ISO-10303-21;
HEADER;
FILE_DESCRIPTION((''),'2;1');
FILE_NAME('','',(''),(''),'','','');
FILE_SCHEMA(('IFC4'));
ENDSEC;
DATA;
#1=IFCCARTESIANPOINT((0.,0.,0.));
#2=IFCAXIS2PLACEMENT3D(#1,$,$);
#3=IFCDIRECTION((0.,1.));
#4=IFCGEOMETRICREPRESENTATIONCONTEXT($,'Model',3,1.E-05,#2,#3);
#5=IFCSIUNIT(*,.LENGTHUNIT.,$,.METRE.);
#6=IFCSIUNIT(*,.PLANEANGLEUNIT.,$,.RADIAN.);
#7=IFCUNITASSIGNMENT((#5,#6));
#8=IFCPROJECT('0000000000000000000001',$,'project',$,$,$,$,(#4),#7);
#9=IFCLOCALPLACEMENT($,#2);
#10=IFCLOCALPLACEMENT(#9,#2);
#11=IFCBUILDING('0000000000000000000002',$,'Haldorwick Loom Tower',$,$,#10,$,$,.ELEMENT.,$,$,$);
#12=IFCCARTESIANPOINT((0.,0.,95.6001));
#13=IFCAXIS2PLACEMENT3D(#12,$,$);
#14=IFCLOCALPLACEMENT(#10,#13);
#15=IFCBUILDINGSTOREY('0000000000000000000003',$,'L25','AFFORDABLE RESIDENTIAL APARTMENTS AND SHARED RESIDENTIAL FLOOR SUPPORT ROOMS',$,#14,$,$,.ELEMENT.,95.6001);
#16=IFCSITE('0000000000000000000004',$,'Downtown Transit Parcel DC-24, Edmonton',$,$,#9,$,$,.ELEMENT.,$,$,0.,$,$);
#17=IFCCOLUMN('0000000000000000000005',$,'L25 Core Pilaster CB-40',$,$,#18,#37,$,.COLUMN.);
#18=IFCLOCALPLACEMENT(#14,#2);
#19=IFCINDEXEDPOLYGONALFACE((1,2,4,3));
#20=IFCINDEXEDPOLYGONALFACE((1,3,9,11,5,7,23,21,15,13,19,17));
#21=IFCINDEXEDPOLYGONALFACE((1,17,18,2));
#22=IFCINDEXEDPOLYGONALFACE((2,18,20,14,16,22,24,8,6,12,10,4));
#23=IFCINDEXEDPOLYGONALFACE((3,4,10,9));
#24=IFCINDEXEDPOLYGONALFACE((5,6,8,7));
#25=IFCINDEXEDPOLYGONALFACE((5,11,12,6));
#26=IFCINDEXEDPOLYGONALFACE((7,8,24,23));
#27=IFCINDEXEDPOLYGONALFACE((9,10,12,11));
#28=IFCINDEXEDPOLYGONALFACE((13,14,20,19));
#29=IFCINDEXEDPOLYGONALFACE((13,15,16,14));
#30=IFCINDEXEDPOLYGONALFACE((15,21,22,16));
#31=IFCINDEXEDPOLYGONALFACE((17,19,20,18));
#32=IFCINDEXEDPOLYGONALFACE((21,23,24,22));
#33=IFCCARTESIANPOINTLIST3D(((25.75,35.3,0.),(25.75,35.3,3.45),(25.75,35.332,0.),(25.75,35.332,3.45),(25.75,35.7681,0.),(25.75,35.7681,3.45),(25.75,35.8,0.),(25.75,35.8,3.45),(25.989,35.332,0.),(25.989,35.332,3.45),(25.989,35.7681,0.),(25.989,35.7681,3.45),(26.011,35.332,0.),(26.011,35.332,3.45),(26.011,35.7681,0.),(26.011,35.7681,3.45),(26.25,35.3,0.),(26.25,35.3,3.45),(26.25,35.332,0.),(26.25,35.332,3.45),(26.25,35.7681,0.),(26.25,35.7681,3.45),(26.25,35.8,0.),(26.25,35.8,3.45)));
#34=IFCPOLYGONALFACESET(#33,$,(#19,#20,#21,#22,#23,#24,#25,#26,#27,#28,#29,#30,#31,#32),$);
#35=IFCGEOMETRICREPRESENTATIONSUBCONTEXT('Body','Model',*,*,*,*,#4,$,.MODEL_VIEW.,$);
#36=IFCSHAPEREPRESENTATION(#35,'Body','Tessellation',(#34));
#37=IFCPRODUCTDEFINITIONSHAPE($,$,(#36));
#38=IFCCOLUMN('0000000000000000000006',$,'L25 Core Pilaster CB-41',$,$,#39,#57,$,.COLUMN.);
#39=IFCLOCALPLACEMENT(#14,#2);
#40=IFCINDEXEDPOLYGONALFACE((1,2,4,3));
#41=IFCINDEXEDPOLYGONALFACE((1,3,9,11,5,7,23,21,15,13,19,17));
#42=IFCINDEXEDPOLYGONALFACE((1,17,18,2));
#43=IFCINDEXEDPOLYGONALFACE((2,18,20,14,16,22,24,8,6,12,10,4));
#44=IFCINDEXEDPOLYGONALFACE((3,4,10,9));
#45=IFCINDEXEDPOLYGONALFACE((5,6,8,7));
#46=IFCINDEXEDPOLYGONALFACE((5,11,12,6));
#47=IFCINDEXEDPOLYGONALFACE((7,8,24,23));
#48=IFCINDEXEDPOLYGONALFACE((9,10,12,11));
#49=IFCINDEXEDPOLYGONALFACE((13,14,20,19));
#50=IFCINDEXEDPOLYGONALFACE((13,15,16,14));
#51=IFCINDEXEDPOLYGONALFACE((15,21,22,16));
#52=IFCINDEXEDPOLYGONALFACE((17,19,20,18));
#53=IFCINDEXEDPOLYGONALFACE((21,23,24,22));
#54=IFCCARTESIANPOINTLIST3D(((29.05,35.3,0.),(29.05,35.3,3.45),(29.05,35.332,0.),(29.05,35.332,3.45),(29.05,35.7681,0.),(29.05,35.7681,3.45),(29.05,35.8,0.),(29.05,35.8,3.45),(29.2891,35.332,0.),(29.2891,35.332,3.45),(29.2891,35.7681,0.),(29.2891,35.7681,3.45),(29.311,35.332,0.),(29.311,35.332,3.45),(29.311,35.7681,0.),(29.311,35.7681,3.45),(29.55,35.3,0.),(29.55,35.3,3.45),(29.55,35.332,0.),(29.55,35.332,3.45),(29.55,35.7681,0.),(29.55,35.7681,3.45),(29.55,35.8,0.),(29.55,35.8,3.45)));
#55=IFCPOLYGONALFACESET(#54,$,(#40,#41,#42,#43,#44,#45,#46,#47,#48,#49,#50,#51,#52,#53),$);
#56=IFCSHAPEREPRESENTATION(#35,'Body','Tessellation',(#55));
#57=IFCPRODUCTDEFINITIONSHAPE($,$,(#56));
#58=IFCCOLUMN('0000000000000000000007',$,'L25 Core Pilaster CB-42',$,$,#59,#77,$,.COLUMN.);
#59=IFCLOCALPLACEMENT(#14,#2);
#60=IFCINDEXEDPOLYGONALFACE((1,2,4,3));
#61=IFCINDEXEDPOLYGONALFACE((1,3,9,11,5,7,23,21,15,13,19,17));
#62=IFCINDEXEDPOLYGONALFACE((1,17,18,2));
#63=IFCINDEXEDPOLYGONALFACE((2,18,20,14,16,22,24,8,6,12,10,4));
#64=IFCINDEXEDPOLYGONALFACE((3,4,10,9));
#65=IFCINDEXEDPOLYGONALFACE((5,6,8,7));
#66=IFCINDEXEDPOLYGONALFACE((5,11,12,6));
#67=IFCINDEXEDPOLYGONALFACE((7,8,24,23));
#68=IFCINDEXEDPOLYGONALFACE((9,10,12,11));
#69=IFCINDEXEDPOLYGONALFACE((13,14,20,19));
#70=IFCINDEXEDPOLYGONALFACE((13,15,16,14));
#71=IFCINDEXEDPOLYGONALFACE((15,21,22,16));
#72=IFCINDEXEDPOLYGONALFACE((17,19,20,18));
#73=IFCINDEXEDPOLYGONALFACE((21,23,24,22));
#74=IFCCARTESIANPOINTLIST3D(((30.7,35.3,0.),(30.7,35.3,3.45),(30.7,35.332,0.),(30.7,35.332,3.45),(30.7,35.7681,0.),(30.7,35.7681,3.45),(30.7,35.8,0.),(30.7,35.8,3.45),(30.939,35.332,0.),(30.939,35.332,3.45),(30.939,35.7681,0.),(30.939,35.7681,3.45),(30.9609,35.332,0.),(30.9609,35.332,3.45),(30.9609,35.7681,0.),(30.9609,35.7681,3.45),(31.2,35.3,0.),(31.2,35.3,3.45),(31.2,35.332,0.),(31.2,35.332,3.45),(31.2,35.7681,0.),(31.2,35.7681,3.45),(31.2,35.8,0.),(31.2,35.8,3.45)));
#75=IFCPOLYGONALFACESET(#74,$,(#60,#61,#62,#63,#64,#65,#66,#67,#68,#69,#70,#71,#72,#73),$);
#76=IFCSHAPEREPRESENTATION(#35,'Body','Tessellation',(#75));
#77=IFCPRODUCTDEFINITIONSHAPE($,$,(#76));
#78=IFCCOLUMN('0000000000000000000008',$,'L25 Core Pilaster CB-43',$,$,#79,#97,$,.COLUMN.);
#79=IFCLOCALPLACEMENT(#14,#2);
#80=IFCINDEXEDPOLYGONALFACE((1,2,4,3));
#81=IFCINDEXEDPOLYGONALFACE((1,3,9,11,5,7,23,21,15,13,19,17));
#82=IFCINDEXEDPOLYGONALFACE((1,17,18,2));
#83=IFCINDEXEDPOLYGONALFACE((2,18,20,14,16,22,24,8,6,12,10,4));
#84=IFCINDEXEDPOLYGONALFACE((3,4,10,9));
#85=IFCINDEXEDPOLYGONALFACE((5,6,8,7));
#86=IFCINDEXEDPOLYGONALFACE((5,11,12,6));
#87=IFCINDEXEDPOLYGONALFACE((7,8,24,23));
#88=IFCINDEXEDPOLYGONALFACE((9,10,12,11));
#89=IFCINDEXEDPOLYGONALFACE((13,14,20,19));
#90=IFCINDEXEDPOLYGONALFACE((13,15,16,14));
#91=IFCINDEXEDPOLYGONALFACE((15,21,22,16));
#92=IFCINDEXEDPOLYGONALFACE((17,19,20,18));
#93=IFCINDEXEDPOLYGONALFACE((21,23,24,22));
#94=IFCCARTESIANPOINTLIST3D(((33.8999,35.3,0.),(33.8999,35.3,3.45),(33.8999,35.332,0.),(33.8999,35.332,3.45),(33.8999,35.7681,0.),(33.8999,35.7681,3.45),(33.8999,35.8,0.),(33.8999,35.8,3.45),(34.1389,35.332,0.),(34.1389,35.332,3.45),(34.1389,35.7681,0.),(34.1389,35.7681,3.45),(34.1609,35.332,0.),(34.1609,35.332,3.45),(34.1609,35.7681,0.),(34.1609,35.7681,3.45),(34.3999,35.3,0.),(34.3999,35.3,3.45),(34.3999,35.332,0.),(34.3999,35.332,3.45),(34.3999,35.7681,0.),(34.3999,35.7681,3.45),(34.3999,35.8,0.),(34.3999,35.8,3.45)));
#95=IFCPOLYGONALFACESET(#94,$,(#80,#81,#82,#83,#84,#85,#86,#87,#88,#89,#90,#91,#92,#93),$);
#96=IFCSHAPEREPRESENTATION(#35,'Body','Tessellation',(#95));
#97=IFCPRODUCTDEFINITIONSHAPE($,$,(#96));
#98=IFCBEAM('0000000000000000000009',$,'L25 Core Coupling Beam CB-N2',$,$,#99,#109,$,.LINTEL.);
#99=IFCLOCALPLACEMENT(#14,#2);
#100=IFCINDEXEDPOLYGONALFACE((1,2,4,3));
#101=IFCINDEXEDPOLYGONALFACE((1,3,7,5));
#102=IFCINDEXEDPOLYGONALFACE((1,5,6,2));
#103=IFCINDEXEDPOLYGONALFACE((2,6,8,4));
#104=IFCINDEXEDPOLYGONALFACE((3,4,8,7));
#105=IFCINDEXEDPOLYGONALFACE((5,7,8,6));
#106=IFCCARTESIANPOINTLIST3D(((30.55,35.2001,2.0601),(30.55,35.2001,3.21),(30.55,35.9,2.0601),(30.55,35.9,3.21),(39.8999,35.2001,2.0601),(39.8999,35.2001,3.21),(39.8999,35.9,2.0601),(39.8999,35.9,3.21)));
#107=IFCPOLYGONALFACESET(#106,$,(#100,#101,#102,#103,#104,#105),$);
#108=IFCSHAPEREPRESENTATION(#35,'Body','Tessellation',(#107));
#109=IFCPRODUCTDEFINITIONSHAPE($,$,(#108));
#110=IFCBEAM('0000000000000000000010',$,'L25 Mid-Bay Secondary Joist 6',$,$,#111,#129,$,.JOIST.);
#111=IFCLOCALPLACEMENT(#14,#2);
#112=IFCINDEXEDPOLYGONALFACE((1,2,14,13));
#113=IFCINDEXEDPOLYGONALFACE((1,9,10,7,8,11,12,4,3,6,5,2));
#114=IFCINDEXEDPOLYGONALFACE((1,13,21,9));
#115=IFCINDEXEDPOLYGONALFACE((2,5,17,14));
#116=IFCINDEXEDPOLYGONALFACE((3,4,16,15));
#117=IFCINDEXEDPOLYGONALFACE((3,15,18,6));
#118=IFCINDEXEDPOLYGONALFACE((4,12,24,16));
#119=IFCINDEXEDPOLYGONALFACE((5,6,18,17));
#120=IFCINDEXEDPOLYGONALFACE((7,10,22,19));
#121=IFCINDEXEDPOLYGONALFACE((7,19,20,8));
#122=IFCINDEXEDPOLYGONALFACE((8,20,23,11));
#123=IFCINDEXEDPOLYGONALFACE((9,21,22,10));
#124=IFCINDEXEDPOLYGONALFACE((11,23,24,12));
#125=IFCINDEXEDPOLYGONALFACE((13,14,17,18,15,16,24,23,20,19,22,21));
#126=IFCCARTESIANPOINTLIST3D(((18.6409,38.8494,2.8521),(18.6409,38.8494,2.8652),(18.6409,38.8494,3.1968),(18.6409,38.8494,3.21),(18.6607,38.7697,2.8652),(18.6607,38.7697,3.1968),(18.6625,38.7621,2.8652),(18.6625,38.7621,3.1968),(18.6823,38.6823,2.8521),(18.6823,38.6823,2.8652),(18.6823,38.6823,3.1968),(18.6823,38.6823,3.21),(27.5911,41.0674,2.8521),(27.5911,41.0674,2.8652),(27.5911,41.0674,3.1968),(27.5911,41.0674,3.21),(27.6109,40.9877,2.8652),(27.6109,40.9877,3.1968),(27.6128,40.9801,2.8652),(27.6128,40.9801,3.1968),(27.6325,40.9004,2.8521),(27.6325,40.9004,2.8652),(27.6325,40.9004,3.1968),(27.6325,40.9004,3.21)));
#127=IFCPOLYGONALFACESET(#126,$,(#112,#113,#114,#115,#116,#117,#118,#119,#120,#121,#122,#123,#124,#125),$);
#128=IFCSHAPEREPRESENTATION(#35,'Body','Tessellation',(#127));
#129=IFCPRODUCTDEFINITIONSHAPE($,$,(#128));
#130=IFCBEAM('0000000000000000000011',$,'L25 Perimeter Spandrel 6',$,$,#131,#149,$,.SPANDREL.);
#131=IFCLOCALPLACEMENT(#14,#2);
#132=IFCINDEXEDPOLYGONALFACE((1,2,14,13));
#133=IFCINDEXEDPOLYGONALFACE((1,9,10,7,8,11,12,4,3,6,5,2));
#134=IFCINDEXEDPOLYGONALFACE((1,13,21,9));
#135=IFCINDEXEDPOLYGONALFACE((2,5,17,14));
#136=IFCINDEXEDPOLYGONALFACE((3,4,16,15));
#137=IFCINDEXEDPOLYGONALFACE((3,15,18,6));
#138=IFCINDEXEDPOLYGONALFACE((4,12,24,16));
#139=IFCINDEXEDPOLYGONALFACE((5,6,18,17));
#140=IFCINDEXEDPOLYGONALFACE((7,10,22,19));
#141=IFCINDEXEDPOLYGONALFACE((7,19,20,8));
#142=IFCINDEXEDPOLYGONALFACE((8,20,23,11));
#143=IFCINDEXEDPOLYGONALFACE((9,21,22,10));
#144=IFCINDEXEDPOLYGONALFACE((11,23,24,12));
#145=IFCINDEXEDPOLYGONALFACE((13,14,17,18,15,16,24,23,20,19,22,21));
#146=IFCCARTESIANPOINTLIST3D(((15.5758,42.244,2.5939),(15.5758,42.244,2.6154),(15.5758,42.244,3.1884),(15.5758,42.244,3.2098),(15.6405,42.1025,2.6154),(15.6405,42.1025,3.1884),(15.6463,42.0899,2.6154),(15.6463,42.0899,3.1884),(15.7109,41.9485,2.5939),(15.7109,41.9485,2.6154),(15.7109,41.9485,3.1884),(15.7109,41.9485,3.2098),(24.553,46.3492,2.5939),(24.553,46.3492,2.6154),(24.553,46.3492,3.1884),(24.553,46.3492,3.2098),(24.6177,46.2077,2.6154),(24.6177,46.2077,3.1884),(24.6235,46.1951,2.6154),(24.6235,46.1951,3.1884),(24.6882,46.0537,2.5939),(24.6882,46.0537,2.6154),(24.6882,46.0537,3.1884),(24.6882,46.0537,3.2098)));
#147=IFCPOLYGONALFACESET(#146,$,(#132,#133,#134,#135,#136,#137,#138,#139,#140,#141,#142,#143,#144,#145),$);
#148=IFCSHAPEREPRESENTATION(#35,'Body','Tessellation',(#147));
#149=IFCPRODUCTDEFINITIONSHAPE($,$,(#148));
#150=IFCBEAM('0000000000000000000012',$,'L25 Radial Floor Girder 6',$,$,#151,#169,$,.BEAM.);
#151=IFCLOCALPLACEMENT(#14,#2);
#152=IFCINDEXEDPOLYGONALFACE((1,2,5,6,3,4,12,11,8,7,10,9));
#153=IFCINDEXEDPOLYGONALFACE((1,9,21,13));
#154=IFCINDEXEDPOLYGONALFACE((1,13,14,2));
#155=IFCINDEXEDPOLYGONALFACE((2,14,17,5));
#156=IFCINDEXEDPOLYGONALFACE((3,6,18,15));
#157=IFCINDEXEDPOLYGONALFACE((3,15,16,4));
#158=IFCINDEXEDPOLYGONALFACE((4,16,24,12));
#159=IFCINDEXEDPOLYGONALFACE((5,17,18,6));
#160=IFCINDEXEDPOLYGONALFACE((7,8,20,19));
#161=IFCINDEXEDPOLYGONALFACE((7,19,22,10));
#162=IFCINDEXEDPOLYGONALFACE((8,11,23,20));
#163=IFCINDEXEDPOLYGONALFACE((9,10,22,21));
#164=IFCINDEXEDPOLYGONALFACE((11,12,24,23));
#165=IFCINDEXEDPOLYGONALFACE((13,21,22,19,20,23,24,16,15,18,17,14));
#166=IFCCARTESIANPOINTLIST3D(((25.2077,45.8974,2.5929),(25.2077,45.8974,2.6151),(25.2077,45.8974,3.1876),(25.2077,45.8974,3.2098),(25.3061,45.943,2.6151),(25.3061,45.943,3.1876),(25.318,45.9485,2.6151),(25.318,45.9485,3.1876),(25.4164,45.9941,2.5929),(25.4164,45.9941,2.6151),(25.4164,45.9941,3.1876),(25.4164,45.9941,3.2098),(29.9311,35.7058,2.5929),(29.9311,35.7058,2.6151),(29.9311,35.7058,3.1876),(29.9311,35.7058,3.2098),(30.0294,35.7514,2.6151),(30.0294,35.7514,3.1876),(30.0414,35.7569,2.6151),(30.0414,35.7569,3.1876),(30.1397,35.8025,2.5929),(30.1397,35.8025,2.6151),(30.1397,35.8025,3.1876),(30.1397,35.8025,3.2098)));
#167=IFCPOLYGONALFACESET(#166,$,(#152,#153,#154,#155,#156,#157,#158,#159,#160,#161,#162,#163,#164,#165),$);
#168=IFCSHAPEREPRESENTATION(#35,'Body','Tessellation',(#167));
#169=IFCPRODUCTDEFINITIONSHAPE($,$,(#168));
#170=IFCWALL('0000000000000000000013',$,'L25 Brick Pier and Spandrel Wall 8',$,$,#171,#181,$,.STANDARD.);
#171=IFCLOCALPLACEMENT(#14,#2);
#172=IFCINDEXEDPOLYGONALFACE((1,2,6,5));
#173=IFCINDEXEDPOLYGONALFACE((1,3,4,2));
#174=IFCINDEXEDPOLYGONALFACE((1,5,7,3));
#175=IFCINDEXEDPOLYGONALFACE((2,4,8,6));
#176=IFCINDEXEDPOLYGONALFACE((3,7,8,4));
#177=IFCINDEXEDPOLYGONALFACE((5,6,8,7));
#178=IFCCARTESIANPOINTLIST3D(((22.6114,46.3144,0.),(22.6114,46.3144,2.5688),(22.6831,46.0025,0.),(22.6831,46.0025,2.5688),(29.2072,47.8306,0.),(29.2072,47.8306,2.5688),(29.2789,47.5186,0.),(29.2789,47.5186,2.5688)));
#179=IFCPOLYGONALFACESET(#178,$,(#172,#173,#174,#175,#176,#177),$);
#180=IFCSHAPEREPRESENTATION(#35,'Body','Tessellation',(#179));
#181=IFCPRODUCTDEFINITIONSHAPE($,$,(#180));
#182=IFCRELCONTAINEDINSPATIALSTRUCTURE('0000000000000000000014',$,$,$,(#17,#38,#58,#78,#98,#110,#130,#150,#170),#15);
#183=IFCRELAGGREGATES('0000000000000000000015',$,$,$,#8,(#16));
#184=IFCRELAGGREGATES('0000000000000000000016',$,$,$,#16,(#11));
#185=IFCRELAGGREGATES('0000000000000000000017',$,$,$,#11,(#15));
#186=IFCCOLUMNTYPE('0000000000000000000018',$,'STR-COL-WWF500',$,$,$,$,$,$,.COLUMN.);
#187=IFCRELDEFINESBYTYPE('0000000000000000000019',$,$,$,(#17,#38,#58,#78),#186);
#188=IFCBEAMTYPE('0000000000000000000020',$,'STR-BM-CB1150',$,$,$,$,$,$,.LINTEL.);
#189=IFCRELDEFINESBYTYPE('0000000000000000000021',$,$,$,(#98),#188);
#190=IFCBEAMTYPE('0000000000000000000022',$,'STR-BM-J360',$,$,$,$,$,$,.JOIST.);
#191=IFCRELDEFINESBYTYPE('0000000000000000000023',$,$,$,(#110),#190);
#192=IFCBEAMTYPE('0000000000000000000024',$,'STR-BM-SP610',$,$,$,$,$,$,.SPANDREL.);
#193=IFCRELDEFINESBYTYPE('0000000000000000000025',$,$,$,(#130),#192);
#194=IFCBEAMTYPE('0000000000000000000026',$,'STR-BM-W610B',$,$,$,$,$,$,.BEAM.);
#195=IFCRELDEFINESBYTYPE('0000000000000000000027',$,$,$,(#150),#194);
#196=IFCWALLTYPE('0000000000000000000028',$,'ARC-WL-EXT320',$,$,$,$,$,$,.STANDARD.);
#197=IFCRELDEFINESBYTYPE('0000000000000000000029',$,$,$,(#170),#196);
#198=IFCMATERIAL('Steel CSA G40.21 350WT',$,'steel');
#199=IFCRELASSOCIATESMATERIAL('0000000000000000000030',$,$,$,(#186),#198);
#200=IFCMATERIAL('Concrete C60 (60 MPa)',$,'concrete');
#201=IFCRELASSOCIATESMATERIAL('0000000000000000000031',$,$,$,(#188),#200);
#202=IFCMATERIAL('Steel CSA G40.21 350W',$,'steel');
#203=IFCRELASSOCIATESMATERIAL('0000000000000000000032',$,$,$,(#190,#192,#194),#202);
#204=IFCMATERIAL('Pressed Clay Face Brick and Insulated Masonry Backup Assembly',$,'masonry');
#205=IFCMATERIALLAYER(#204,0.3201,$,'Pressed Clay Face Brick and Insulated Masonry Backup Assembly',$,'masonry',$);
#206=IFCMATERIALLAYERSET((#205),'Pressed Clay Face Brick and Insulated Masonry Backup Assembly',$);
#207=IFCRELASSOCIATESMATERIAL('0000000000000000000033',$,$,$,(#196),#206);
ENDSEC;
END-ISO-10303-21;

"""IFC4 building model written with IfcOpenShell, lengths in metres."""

from ifc_helpers import new_model, si_unit, direction, frame, frame_2d, origin, origin_2d, place, context, subcontext, project, spatial, rectangle, i_section, extrude, material, layer, layer_set, material_profile, profile_set, type_object, element, save


model = new_model("IFC4")

# Units and contexts
model_context = context("Model", 3, precision=1e-05, world=origin(), true_north=direction((0.0, 1.0)))
body_context = subcontext(model_context, "Body", "Model", "MODEL_VIEW")
ifc_project = project(units=[si_unit("LENGTHUNIT", "METRE"), si_unit("PLANEANGLEUNIT", "RADIAN")], contexts=[model_context])

# Site, building, storey
site_placement = place(None, origin())
site = spatial("IfcSite", under=ifc_project, at=site_placement, Name="Downtown Transit Parcel DC-24, Edmonton", CompositionType="ELEMENT", RefElevation=0.0)
building_placement = place(site_placement, origin())
building = spatial("IfcBuilding", under=site, at=building_placement, Name="Haldorwick Loom Tower", CompositionType="ELEMENT")
storey_placement = place(building_placement, frame((0.0, 0.0, 95.6001)))
storey = spatial("IfcBuildingStorey", under=building, at=storey_placement, Name="L25", Description="AFFORDABLE RESIDENTIAL APARTMENTS AND SHARED RESIDENTIAL FLOOR SUPPORT ROOMS", CompositionType="ELEMENT", Elevation=95.6001)

# Columns
ifc_material_1 = material(Name="Concrete C60 (60 MPa)", Category="concrete")
ifc_material_2 = material(Name="Steel CSA G40.21 350WT", Category="steel")
ifc_material_profile_1 = material_profile(ifc_material_2, i_section(OverallWidth=0.5, OverallDepth=0.5, WebThickness=0.022, FlangeThickness=0.032, at=origin_2d()), Name="WWF500X500", Category="steel")
ifc_profile_set_1 = profile_set([ifc_material_profile_1], Name="Steel CSA G40.21 350WT")
column_type_1 = type_object("IfcColumnType", Name="STR-COL-WWF500", PredefinedType="COLUMN", material=ifc_profile_set_1)
for number, where, z_axis, x_axis, name in (
    (1, (26.0, 35.55, 0.0), (0.0, 0.0, 1.0), (1.0, 0.0, 0.0), "L25 Core Pilaster CB-40"),
    (2, (29.3, 35.55, 0.0), (0.0, 0.0, 1.0), (1.0, 0.0, 0.0), "L25 Core Pilaster CB-41"),
    (3, (30.95, 35.55, 0.0), (0.0, 0.0, 1.0), (1.0, 0.0, 0.0), "L25 Core Pilaster CB-42"),
    (4, (34.1499, 35.55, 0.0), (0.0, 0.0, 1.0), (1.0, 0.0, 0.0), "L25 Core Pilaster CB-43"),
):
    element("IfcColumn", number, at=place(storey_placement, frame(where, z_axis=z_axis, x_axis=x_axis)), inside=storey, type_object=column_type_1, Name=name, PredefinedType="COLUMN", context=body_context, shape_type="SweptSolid", body=[
        extrude(i_section(OverallWidth=0.5, OverallDepth=0.5, WebThickness=0.022, FlangeThickness=0.032, at=origin_2d()), origin(), (0.0, 0.0, 1.0), 3.45),
    ])

# Beams
ifc_material_profile_2 = material_profile(ifc_material_1, rectangle(XDim=0.7, YDim=1.1499, at=origin_2d()), Name="RC700X1150", Category="concrete")
ifc_profile_set_2 = profile_set([ifc_material_profile_2], Name="Concrete C60 (60 MPa)")
beam_type_1 = type_object("IfcBeamType", Name="STR-BM-CB1150", PredefinedType="LINTEL", material=ifc_profile_set_2)
beam_1_placement = place(storey_placement, frame((30.55, 35.55, 2.635), z_axis=(1.0, 0.0, 0.0), x_axis=(0.0, 1.0, 0.0)))
element("IfcBeam", 5, at=beam_1_placement, inside=storey, type_object=beam_type_1, Name="L25 Core Coupling Beam CB-N2", PredefinedType="LINTEL", context=body_context, shape_type="SweptSolid", body=[
    extrude(rectangle(XDim=0.7, YDim=1.1499, at=origin_2d()), origin(), (0.0, 0.0, 1.0), 9.3499),
])
ifc_material_3 = material(Name="Steel CSA G40.21 350W", Category="steel")
ifc_material_profile_3 = material_profile(ifc_material_3, i_section(OverallWidth=0.1721, OverallDepth=0.3579, WebThickness=0.0078, FlangeThickness=0.0132, at=origin_2d()), Name="W360X57", Category="steel")
ifc_profile_set_3 = profile_set([ifc_material_profile_3], Name="Steel CSA G40.21 350W")
beam_type_2 = type_object("IfcBeamType", Name="STR-BM-J360", PredefinedType="JOIST", material=ifc_profile_set_3)
beam_2_placement = place(storey_placement, frame((27.6118, 40.9839, 3.031), z_axis=(-0.970639, -0.240542, 0.0), x_axis=(0.240542, -0.970639, 0.0)))
element("IfcBeam", 6, at=beam_2_placement, inside=storey, type_object=beam_type_2, Name="L25 Mid-Bay Secondary Joist 6", PredefinedType="JOIST", context=body_context, shape_type="SweptSolid", body=[
    extrude(i_section(OverallWidth=0.1721, OverallDepth=0.3579, WebThickness=0.0078, FlangeThickness=0.0132, at=origin_2d()), origin(), (0.0, 0.0, 1.0), 9.2209),
])
ifc_material_profile_4 = material_profile(ifc_material_3, i_section(OverallWidth=0.325, OverallDepth=0.616, WebThickness=0.0139, FlangeThickness=0.0215, at=origin_2d()), Name="W610X174", Category="steel")
ifc_profile_set_4 = profile_set([ifc_material_profile_4], Name="Steel CSA G40.21 350W")
beam_type_3 = type_object("IfcBeamType", Name="STR-BM-SP610", PredefinedType="SPANDREL", material=ifc_profile_set_4)
beam_3_placement = place(storey_placement, frame((24.6206, 46.2014, 2.9019), z_axis=(-0.909424, -0.41587, 0.0), x_axis=(0.41587, -0.909424, 0.0)))
element("IfcBeam", 7, at=beam_3_placement, inside=storey, type_object=beam_type_3, Name="L25 Perimeter Spandrel 6", PredefinedType="SPANDREL", context=body_context, shape_type="SweptSolid", body=[
    extrude(i_section(OverallWidth=0.325, OverallDepth=0.616, WebThickness=0.0139, FlangeThickness=0.0215, at=origin_2d()), origin(), (0.0, 0.0, 1.0), 9.8713),
])
ifc_material_profile_5 = material_profile(ifc_material_3, i_section(OverallWidth=0.23, OverallDepth=0.6169, WebThickness=0.0132, FlangeThickness=0.0222, at=origin_2d()), Name="W610X140", Category="steel")
ifc_profile_set_5 = profile_set([ifc_material_profile_5], Name="Steel CSA G40.21 350W")
beam_type_4 = type_object("IfcBeamType", Name="STR-BM-W610B", PredefinedType="BEAM", material=ifc_profile_set_5)
beam_4_placement = place(storey_placement, frame((30.0354, 35.7542, 2.9014), z_axis=(-0.420492, 0.907296, 0.0), x_axis=(-0.907296, -0.420492, 0.0)))
element("IfcBeam", 8, at=beam_4_placement, inside=storey, type_object=beam_type_4, Name="L25 Radial Floor Girder 6", PredefinedType="BEAM", context=body_context, shape_type="SweptSolid", body=[
    extrude(i_section(OverallWidth=0.23, OverallDepth=0.6169, WebThickness=0.0132, FlangeThickness=0.0222, at=origin_2d()), origin(), (0.0, 0.0, 1.0), 11.2329),
])

# Wall
ifc_material_4 = material(Name="Pressed Clay Face Brick and Insulated Masonry Backup Assembly", Category="masonry")
ifc_layer_1 = layer(ifc_material_4, 0.3201, Name="Pressed Clay Face Brick and Insulated Masonry Backup Assembly", Category="masonry")
ifc_layer_set_1 = layer_set([ifc_layer_1], Name="Pressed Clay Face Brick and Insulated Masonry Backup Assembly")
wall_type_1 = type_object("IfcWallType", Name="ARC-WL-EXT320", PredefinedType="STANDARD", material=ifc_layer_set_1)
wall_1_placement = place(storey_placement, frame((29.2429, 47.6746, 0.0), z_axis=(0.0, 0.0, 1.0), x_axis=(-0.974584, -0.224022, 0.0)))
element("IfcWall", 9, at=wall_1_placement, inside=storey, type_object=wall_type_1, Name="L25 Brick Pier and Spandrel Wall 8", PredefinedType="STANDARD", context=body_context, shape_type="SweptSolid", body=[
    extrude(rectangle(XDim=6.7678, YDim=0.3201, at=frame_2d((3.3838, 0.0))), origin(), (0.0, 0.0, 1.0), 2.5688),
])

save(model, "model.ifc")
